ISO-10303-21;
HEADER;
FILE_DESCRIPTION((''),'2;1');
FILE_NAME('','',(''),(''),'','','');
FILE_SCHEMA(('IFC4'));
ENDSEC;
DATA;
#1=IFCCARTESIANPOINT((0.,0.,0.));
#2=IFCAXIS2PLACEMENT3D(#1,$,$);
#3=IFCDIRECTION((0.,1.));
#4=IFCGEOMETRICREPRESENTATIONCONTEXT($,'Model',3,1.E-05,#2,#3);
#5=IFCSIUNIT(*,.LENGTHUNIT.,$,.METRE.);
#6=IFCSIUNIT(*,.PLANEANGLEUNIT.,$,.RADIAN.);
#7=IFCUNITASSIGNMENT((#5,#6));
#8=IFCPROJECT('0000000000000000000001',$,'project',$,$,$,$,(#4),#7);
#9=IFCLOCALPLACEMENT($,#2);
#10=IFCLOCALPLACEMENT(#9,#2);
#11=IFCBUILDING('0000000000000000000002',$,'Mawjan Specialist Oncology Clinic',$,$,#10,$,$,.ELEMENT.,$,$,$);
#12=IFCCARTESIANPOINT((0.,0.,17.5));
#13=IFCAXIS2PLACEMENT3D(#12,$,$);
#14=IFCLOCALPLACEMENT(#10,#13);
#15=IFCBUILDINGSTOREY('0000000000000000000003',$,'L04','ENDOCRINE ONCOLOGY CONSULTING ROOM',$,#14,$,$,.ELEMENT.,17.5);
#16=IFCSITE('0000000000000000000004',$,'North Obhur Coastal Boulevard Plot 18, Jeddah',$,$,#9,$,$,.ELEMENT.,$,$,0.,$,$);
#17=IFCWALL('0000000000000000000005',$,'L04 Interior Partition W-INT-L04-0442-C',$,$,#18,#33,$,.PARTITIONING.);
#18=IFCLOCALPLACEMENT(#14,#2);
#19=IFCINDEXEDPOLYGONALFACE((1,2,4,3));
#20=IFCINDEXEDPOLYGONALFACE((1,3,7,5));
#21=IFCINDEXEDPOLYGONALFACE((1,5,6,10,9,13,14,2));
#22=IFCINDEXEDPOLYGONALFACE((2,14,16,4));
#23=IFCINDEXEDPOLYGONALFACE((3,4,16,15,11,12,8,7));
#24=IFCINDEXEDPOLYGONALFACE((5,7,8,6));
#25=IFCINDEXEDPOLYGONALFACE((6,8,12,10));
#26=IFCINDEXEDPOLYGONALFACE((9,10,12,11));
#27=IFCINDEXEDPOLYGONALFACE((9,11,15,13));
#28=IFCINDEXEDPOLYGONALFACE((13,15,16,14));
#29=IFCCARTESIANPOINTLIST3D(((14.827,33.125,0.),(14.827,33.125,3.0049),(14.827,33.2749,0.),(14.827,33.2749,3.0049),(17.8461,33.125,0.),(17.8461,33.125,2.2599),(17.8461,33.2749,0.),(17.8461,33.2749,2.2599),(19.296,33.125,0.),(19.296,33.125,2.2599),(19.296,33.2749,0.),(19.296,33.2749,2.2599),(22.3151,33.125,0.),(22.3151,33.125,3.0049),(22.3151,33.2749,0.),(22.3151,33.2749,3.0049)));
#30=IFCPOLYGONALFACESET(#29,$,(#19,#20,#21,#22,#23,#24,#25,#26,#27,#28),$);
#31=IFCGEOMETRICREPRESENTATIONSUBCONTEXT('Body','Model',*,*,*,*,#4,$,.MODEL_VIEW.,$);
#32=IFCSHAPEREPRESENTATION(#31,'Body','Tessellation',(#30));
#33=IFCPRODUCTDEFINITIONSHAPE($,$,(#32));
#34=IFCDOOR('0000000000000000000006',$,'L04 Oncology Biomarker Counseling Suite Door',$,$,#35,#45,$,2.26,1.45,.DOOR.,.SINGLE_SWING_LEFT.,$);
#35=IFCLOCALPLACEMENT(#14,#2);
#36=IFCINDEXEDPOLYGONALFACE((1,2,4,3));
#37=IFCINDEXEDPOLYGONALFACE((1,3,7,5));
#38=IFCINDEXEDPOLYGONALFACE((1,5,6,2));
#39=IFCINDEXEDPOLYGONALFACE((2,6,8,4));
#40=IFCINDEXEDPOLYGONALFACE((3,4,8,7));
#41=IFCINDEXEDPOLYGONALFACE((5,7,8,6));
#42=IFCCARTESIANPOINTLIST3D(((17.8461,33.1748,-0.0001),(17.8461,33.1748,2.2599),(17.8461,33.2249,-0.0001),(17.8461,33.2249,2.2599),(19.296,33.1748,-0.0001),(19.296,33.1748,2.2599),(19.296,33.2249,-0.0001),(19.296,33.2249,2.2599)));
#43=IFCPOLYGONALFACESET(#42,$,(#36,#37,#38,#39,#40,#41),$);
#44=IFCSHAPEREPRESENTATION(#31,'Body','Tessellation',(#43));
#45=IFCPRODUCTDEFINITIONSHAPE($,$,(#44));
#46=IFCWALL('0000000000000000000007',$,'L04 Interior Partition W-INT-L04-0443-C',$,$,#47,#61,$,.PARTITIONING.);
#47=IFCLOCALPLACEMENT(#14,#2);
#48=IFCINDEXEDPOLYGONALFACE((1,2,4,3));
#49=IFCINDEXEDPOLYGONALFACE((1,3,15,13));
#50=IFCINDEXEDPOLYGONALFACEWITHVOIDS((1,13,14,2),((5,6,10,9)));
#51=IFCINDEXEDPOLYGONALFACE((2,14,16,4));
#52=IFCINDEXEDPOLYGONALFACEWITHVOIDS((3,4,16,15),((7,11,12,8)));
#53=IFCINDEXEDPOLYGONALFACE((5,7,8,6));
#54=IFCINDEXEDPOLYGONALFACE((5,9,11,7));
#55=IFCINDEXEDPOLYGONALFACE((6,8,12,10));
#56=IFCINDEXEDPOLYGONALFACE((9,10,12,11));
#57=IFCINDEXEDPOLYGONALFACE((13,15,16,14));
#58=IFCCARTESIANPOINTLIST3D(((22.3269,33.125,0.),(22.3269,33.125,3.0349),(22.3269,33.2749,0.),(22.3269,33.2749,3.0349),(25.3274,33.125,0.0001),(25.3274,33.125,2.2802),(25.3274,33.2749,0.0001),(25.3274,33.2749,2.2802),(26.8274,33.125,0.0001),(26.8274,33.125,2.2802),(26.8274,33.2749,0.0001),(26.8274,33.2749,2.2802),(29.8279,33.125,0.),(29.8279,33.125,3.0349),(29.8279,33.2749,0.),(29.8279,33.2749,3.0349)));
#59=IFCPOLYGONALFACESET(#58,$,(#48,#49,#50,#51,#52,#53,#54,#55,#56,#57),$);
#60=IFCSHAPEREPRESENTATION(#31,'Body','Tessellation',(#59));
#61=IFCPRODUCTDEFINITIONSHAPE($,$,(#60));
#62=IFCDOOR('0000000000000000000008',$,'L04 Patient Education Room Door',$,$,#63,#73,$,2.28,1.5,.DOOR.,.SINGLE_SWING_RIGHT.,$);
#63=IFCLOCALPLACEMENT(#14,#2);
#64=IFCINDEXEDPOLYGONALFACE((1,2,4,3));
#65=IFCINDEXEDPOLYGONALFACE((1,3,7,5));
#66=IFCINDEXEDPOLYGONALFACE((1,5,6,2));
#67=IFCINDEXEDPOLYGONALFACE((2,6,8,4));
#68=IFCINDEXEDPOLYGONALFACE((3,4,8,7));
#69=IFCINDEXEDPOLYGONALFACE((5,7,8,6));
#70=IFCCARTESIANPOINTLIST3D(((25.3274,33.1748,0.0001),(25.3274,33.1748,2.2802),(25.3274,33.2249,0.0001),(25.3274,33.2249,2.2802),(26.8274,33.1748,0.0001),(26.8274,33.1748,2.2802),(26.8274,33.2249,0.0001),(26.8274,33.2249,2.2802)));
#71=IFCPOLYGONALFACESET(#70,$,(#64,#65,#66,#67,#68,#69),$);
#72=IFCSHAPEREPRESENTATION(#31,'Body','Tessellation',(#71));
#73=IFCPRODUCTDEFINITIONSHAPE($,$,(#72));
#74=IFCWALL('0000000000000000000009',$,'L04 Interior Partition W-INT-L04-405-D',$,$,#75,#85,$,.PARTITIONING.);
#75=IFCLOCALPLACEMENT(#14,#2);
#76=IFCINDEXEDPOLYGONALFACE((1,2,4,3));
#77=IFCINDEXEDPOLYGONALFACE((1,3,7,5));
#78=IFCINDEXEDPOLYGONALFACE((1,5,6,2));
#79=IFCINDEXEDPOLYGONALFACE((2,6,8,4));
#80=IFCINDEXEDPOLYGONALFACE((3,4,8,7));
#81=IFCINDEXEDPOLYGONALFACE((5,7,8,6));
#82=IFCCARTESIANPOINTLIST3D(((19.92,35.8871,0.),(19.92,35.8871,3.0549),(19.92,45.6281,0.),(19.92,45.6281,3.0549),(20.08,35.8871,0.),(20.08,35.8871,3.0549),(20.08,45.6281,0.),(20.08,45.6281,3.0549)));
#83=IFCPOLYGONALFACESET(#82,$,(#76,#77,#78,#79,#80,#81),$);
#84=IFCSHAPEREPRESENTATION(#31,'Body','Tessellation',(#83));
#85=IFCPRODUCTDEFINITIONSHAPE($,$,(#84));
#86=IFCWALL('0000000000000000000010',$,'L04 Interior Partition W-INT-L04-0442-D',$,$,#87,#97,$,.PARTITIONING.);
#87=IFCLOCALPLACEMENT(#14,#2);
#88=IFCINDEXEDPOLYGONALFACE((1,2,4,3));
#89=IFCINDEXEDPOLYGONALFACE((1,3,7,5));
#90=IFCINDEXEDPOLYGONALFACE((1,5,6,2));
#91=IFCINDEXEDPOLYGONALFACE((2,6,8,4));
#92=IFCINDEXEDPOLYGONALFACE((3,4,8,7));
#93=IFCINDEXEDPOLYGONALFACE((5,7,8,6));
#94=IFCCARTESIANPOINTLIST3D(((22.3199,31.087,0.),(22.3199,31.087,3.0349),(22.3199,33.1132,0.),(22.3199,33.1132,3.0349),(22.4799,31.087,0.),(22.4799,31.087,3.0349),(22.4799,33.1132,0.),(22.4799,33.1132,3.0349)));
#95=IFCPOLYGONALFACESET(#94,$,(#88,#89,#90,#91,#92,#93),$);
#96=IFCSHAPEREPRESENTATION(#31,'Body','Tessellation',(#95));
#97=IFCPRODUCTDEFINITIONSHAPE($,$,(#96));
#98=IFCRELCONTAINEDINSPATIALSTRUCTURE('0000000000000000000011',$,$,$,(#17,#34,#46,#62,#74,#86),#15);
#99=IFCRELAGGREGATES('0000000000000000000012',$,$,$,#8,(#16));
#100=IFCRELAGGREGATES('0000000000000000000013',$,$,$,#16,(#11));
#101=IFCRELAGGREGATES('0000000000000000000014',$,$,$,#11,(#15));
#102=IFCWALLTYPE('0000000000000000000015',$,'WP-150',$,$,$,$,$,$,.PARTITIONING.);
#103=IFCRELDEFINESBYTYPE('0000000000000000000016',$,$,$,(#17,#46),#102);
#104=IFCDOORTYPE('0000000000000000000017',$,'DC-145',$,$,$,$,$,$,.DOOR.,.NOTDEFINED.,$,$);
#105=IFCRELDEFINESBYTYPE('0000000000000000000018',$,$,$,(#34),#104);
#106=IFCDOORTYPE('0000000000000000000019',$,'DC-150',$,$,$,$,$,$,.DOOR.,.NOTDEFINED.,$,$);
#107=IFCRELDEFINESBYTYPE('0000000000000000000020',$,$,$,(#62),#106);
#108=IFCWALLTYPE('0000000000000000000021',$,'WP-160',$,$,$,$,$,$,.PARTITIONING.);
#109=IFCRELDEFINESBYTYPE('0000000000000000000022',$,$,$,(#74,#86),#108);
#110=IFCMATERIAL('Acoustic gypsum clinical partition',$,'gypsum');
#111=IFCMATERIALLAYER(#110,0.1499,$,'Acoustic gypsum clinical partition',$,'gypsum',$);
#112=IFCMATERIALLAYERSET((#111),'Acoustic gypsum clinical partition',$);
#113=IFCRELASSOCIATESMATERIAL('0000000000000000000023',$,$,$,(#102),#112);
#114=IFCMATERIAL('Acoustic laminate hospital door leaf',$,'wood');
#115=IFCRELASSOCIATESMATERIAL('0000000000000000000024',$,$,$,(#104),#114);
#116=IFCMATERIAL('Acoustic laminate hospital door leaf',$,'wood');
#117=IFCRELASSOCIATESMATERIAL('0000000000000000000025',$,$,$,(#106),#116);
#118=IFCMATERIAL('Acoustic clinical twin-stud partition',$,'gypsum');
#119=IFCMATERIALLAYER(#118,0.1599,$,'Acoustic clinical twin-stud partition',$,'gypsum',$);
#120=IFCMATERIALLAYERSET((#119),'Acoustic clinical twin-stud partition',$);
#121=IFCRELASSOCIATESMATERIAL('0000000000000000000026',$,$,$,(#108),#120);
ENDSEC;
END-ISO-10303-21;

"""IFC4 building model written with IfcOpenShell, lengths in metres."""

from ifc_helpers import new_model, si_unit, direction, frame, frame_2d, origin, place, context, subcontext, project, spatial, rectangle, extrude, material, layer, layer_set, type_object, element, fill, save


model = new_model("IFC4")

# Units and contexts
model_context = context("Model", 3, precision=1e-05, world=origin(), true_north=direction((0.0, 1.0)))
body_context = subcontext(model_context, "Body", "Model", "MODEL_VIEW")
ifc_project = project(units=[si_unit("LENGTHUNIT", "METRE"), si_unit("PLANEANGLEUNIT", "RADIAN")], contexts=[model_context])

# Site, building, storey
site_placement = place(None, origin())
site = spatial("IfcSite", under=ifc_project, at=site_placement, Name="North Obhur Coastal Boulevard Plot 18, Jeddah", CompositionType="ELEMENT", RefElevation=0.0)
building_placement = place(site_placement, origin())
building = spatial("IfcBuilding", under=site, at=building_placement, Name="Mawjan Specialist Oncology Clinic", CompositionType="ELEMENT")
storey_placement = place(building_placement, frame((0.0, 0.0, 17.5)))
storey = spatial("IfcBuildingStorey", under=building, at=storey_placement, Name="L04", Description="ENDOCRINE ONCOLOGY CONSULTING ROOM", CompositionType="ELEMENT", Elevation=17.5)

# Walls, openings, doors
ifc_material_1 = material(Name="Acoustic gypsum clinical partition", Category="gypsum")
ifc_layer_1 = layer(ifc_material_1, 0.1499, Name="Acoustic gypsum clinical partition", Category="gypsum")
ifc_layer_set_1 = layer_set([ifc_layer_1], Name="Acoustic gypsum clinical partition")
wall_type_1 = type_object("IfcWallType", Name="WP-150", PredefinedType="PARTITIONING", material=ifc_layer_set_1)
wall_1_placement = place(storey_placement, frame((14.8269, 33.2, 0.0), z_axis=(0.0, 0.0, 1.0), x_axis=(1.0, 0.0, 0.0)))
wall_1 = element("IfcWall", 1, at=wall_1_placement, inside=storey, type_object=wall_type_1, Name="L04 Interior Partition W-INT-L04-0442-C", PredefinedType="PARTITIONING", context=body_context, shape_type="SweptSolid", body=[
    extrude(rectangle(XDim=7.488, YDim=0.1499, at=frame_2d((3.7441, 0.0))), origin(), (0.0, 0.0, 1.0), 3.0049),
])
opening_1_placement = place(wall_1_placement, frame((3.019, 0.0, 0.0)))
opening_1 = element("IfcOpeningElement", 2, at=opening_1_placement, cuts=wall_1, PredefinedType="OPENING", context=body_context, shape_type="SweptSolid", body=[
    extrude(rectangle(XDim=1.45, YDim=2.26, at=frame_2d((0.7251, 1.1299))), frame((0.0, 0.0869, 0.0), z_axis=(0.0, -1.0, 0.0), x_axis=(1.0, 0.0, 0.0)), (0.0, 0.0, 1.0), 0.1738),
])
ifc_material_2 = material(Name="Acoustic laminate hospital door leaf", Category="wood")
door_type_1 = type_object("IfcDoorType", Name="DC-145", OperationType="NOTDEFINED", PredefinedType="DOOR", material=ifc_material_2)
door_1_placement = place(opening_1_placement, origin())
door_1 = element("IfcDoor", 3, at=door_1_placement, inside=storey, type_object=door_type_1, Name="L04 Oncology Biomarker Counseling Suite Door", OperationType="SINGLE_SWING_LEFT", OverallHeight=2.26, OverallWidth=1.45, PredefinedType="DOOR", context=body_context, shape_type="SweptSolid", body=[
    extrude(rectangle(XDim=1.45, YDim=2.26, at=frame_2d((0.7251, 1.1299))), frame((0.0, 0.0249, 0.0), z_axis=(0.0, -1.0, 0.0), x_axis=(1.0, 0.0, 0.0)), (0.0, 0.0, 1.0), 0.05),
])
fill(opening_1, door_1)
wall_2_placement = place(storey_placement, frame((22.3269, 33.2, 0.0), z_axis=(0.0, 0.0, 1.0), x_axis=(1.0, 0.0, 0.0)))
wall_2 = element("IfcWall", 4, at=wall_2_placement, inside=storey, type_object=wall_type_1, Name="L04 Interior Partition W-INT-L04-0443-C", PredefinedType="PARTITIONING", context=body_context, shape_type="SweptSolid", body=[
    extrude(rectangle(XDim=7.501, YDim=0.1499, at=frame_2d((3.7505, 0.0))), origin(), (0.0, 0.0, 1.0), 3.0349),
])
opening_2_placement = place(wall_2_placement, frame((3.0005, 0.0, 0.0)))
opening_2 = element("IfcOpeningElement", 5, at=opening_2_placement, cuts=wall_2, PredefinedType="OPENING", context=body_context, shape_type="SweptSolid", body=[
    extrude(rectangle(XDim=1.5, YDim=2.28, at=frame_2d((0.75, 1.1401))), frame((0.0, 0.0869, 0.0), z_axis=(0.0, -1.0, 0.0), x_axis=(1.0, 0.0, 0.0)), (0.0, 0.0, 1.0), 0.1738),
])
ifc_material_3 = material(Name="Acoustic laminate hospital door leaf", Category="wood")
door_type_2 = type_object("IfcDoorType", Name="DC-150", OperationType="NOTDEFINED", PredefinedType="DOOR", material=ifc_material_3)
door_2_placement = place(opening_2_placement, origin())
door_2 = element("IfcDoor", 6, at=door_2_placement, inside=storey, type_object=door_type_2, Name="L04 Patient Education Room Door", OperationType="SINGLE_SWING_RIGHT", OverallHeight=2.28, OverallWidth=1.5, PredefinedType="DOOR", context=body_context, shape_type="SweptSolid", body=[
    extrude(rectangle(XDim=1.5, YDim=2.28, at=frame_2d((0.75, 1.1401))), frame((0.0, 0.0249, 0.0), z_axis=(0.0, -1.0, 0.0), x_axis=(1.0, 0.0, 0.0)), (0.0, 0.0, 1.0), 0.05),
])
fill(opening_2, door_2)

# Walls
ifc_material_4 = material(Name="Acoustic clinical twin-stud partition", Category="gypsum")
ifc_layer_2 = layer(ifc_material_4, 0.1599, Name="Acoustic clinical twin-stud partition", Category="gypsum")
ifc_layer_set_2 = layer_set([ifc_layer_2], Name="Acoustic clinical twin-stud partition")
wall_type_2 = type_object("IfcWallType", Name="WP-160", PredefinedType="PARTITIONING", material=ifc_layer_set_2)
wall_3_placement = place(storey_placement, frame((20.0, 35.887, 0.0), z_axis=(0.0, 0.0, 1.0), x_axis=(0.0, 1.0, 0.0)))
element("IfcWall", 7, at=wall_3_placement, inside=storey, type_object=wall_type_2, Name="L04 Interior Partition W-INT-L04-405-D", PredefinedType="PARTITIONING", context=body_context, shape_type="SweptSolid", body=[
    extrude(rectangle(XDim=9.741, YDim=0.1599, at=frame_2d((4.8706, 0.0))), origin(), (0.0, 0.0, 1.0), 3.0549),
])
wall_4_placement = place(storey_placement, frame((22.3999, 31.0869, 0.0), z_axis=(0.0, 0.0, 1.0), x_axis=(0.0, 1.0, 0.0)))
element("IfcWall", 8, at=wall_4_placement, inside=storey, type_object=wall_type_2, Name="L04 Interior Partition W-INT-L04-0442-D", PredefinedType="PARTITIONING", context=body_context, shape_type="SweptSolid", body=[
    extrude(rectangle(XDim=2.0261, YDim=0.1599, at=frame_2d((1.0132, 0.0))), origin(), (0.0, 0.0, 1.0), 3.0349),
])

save(model, "model.ifc")
